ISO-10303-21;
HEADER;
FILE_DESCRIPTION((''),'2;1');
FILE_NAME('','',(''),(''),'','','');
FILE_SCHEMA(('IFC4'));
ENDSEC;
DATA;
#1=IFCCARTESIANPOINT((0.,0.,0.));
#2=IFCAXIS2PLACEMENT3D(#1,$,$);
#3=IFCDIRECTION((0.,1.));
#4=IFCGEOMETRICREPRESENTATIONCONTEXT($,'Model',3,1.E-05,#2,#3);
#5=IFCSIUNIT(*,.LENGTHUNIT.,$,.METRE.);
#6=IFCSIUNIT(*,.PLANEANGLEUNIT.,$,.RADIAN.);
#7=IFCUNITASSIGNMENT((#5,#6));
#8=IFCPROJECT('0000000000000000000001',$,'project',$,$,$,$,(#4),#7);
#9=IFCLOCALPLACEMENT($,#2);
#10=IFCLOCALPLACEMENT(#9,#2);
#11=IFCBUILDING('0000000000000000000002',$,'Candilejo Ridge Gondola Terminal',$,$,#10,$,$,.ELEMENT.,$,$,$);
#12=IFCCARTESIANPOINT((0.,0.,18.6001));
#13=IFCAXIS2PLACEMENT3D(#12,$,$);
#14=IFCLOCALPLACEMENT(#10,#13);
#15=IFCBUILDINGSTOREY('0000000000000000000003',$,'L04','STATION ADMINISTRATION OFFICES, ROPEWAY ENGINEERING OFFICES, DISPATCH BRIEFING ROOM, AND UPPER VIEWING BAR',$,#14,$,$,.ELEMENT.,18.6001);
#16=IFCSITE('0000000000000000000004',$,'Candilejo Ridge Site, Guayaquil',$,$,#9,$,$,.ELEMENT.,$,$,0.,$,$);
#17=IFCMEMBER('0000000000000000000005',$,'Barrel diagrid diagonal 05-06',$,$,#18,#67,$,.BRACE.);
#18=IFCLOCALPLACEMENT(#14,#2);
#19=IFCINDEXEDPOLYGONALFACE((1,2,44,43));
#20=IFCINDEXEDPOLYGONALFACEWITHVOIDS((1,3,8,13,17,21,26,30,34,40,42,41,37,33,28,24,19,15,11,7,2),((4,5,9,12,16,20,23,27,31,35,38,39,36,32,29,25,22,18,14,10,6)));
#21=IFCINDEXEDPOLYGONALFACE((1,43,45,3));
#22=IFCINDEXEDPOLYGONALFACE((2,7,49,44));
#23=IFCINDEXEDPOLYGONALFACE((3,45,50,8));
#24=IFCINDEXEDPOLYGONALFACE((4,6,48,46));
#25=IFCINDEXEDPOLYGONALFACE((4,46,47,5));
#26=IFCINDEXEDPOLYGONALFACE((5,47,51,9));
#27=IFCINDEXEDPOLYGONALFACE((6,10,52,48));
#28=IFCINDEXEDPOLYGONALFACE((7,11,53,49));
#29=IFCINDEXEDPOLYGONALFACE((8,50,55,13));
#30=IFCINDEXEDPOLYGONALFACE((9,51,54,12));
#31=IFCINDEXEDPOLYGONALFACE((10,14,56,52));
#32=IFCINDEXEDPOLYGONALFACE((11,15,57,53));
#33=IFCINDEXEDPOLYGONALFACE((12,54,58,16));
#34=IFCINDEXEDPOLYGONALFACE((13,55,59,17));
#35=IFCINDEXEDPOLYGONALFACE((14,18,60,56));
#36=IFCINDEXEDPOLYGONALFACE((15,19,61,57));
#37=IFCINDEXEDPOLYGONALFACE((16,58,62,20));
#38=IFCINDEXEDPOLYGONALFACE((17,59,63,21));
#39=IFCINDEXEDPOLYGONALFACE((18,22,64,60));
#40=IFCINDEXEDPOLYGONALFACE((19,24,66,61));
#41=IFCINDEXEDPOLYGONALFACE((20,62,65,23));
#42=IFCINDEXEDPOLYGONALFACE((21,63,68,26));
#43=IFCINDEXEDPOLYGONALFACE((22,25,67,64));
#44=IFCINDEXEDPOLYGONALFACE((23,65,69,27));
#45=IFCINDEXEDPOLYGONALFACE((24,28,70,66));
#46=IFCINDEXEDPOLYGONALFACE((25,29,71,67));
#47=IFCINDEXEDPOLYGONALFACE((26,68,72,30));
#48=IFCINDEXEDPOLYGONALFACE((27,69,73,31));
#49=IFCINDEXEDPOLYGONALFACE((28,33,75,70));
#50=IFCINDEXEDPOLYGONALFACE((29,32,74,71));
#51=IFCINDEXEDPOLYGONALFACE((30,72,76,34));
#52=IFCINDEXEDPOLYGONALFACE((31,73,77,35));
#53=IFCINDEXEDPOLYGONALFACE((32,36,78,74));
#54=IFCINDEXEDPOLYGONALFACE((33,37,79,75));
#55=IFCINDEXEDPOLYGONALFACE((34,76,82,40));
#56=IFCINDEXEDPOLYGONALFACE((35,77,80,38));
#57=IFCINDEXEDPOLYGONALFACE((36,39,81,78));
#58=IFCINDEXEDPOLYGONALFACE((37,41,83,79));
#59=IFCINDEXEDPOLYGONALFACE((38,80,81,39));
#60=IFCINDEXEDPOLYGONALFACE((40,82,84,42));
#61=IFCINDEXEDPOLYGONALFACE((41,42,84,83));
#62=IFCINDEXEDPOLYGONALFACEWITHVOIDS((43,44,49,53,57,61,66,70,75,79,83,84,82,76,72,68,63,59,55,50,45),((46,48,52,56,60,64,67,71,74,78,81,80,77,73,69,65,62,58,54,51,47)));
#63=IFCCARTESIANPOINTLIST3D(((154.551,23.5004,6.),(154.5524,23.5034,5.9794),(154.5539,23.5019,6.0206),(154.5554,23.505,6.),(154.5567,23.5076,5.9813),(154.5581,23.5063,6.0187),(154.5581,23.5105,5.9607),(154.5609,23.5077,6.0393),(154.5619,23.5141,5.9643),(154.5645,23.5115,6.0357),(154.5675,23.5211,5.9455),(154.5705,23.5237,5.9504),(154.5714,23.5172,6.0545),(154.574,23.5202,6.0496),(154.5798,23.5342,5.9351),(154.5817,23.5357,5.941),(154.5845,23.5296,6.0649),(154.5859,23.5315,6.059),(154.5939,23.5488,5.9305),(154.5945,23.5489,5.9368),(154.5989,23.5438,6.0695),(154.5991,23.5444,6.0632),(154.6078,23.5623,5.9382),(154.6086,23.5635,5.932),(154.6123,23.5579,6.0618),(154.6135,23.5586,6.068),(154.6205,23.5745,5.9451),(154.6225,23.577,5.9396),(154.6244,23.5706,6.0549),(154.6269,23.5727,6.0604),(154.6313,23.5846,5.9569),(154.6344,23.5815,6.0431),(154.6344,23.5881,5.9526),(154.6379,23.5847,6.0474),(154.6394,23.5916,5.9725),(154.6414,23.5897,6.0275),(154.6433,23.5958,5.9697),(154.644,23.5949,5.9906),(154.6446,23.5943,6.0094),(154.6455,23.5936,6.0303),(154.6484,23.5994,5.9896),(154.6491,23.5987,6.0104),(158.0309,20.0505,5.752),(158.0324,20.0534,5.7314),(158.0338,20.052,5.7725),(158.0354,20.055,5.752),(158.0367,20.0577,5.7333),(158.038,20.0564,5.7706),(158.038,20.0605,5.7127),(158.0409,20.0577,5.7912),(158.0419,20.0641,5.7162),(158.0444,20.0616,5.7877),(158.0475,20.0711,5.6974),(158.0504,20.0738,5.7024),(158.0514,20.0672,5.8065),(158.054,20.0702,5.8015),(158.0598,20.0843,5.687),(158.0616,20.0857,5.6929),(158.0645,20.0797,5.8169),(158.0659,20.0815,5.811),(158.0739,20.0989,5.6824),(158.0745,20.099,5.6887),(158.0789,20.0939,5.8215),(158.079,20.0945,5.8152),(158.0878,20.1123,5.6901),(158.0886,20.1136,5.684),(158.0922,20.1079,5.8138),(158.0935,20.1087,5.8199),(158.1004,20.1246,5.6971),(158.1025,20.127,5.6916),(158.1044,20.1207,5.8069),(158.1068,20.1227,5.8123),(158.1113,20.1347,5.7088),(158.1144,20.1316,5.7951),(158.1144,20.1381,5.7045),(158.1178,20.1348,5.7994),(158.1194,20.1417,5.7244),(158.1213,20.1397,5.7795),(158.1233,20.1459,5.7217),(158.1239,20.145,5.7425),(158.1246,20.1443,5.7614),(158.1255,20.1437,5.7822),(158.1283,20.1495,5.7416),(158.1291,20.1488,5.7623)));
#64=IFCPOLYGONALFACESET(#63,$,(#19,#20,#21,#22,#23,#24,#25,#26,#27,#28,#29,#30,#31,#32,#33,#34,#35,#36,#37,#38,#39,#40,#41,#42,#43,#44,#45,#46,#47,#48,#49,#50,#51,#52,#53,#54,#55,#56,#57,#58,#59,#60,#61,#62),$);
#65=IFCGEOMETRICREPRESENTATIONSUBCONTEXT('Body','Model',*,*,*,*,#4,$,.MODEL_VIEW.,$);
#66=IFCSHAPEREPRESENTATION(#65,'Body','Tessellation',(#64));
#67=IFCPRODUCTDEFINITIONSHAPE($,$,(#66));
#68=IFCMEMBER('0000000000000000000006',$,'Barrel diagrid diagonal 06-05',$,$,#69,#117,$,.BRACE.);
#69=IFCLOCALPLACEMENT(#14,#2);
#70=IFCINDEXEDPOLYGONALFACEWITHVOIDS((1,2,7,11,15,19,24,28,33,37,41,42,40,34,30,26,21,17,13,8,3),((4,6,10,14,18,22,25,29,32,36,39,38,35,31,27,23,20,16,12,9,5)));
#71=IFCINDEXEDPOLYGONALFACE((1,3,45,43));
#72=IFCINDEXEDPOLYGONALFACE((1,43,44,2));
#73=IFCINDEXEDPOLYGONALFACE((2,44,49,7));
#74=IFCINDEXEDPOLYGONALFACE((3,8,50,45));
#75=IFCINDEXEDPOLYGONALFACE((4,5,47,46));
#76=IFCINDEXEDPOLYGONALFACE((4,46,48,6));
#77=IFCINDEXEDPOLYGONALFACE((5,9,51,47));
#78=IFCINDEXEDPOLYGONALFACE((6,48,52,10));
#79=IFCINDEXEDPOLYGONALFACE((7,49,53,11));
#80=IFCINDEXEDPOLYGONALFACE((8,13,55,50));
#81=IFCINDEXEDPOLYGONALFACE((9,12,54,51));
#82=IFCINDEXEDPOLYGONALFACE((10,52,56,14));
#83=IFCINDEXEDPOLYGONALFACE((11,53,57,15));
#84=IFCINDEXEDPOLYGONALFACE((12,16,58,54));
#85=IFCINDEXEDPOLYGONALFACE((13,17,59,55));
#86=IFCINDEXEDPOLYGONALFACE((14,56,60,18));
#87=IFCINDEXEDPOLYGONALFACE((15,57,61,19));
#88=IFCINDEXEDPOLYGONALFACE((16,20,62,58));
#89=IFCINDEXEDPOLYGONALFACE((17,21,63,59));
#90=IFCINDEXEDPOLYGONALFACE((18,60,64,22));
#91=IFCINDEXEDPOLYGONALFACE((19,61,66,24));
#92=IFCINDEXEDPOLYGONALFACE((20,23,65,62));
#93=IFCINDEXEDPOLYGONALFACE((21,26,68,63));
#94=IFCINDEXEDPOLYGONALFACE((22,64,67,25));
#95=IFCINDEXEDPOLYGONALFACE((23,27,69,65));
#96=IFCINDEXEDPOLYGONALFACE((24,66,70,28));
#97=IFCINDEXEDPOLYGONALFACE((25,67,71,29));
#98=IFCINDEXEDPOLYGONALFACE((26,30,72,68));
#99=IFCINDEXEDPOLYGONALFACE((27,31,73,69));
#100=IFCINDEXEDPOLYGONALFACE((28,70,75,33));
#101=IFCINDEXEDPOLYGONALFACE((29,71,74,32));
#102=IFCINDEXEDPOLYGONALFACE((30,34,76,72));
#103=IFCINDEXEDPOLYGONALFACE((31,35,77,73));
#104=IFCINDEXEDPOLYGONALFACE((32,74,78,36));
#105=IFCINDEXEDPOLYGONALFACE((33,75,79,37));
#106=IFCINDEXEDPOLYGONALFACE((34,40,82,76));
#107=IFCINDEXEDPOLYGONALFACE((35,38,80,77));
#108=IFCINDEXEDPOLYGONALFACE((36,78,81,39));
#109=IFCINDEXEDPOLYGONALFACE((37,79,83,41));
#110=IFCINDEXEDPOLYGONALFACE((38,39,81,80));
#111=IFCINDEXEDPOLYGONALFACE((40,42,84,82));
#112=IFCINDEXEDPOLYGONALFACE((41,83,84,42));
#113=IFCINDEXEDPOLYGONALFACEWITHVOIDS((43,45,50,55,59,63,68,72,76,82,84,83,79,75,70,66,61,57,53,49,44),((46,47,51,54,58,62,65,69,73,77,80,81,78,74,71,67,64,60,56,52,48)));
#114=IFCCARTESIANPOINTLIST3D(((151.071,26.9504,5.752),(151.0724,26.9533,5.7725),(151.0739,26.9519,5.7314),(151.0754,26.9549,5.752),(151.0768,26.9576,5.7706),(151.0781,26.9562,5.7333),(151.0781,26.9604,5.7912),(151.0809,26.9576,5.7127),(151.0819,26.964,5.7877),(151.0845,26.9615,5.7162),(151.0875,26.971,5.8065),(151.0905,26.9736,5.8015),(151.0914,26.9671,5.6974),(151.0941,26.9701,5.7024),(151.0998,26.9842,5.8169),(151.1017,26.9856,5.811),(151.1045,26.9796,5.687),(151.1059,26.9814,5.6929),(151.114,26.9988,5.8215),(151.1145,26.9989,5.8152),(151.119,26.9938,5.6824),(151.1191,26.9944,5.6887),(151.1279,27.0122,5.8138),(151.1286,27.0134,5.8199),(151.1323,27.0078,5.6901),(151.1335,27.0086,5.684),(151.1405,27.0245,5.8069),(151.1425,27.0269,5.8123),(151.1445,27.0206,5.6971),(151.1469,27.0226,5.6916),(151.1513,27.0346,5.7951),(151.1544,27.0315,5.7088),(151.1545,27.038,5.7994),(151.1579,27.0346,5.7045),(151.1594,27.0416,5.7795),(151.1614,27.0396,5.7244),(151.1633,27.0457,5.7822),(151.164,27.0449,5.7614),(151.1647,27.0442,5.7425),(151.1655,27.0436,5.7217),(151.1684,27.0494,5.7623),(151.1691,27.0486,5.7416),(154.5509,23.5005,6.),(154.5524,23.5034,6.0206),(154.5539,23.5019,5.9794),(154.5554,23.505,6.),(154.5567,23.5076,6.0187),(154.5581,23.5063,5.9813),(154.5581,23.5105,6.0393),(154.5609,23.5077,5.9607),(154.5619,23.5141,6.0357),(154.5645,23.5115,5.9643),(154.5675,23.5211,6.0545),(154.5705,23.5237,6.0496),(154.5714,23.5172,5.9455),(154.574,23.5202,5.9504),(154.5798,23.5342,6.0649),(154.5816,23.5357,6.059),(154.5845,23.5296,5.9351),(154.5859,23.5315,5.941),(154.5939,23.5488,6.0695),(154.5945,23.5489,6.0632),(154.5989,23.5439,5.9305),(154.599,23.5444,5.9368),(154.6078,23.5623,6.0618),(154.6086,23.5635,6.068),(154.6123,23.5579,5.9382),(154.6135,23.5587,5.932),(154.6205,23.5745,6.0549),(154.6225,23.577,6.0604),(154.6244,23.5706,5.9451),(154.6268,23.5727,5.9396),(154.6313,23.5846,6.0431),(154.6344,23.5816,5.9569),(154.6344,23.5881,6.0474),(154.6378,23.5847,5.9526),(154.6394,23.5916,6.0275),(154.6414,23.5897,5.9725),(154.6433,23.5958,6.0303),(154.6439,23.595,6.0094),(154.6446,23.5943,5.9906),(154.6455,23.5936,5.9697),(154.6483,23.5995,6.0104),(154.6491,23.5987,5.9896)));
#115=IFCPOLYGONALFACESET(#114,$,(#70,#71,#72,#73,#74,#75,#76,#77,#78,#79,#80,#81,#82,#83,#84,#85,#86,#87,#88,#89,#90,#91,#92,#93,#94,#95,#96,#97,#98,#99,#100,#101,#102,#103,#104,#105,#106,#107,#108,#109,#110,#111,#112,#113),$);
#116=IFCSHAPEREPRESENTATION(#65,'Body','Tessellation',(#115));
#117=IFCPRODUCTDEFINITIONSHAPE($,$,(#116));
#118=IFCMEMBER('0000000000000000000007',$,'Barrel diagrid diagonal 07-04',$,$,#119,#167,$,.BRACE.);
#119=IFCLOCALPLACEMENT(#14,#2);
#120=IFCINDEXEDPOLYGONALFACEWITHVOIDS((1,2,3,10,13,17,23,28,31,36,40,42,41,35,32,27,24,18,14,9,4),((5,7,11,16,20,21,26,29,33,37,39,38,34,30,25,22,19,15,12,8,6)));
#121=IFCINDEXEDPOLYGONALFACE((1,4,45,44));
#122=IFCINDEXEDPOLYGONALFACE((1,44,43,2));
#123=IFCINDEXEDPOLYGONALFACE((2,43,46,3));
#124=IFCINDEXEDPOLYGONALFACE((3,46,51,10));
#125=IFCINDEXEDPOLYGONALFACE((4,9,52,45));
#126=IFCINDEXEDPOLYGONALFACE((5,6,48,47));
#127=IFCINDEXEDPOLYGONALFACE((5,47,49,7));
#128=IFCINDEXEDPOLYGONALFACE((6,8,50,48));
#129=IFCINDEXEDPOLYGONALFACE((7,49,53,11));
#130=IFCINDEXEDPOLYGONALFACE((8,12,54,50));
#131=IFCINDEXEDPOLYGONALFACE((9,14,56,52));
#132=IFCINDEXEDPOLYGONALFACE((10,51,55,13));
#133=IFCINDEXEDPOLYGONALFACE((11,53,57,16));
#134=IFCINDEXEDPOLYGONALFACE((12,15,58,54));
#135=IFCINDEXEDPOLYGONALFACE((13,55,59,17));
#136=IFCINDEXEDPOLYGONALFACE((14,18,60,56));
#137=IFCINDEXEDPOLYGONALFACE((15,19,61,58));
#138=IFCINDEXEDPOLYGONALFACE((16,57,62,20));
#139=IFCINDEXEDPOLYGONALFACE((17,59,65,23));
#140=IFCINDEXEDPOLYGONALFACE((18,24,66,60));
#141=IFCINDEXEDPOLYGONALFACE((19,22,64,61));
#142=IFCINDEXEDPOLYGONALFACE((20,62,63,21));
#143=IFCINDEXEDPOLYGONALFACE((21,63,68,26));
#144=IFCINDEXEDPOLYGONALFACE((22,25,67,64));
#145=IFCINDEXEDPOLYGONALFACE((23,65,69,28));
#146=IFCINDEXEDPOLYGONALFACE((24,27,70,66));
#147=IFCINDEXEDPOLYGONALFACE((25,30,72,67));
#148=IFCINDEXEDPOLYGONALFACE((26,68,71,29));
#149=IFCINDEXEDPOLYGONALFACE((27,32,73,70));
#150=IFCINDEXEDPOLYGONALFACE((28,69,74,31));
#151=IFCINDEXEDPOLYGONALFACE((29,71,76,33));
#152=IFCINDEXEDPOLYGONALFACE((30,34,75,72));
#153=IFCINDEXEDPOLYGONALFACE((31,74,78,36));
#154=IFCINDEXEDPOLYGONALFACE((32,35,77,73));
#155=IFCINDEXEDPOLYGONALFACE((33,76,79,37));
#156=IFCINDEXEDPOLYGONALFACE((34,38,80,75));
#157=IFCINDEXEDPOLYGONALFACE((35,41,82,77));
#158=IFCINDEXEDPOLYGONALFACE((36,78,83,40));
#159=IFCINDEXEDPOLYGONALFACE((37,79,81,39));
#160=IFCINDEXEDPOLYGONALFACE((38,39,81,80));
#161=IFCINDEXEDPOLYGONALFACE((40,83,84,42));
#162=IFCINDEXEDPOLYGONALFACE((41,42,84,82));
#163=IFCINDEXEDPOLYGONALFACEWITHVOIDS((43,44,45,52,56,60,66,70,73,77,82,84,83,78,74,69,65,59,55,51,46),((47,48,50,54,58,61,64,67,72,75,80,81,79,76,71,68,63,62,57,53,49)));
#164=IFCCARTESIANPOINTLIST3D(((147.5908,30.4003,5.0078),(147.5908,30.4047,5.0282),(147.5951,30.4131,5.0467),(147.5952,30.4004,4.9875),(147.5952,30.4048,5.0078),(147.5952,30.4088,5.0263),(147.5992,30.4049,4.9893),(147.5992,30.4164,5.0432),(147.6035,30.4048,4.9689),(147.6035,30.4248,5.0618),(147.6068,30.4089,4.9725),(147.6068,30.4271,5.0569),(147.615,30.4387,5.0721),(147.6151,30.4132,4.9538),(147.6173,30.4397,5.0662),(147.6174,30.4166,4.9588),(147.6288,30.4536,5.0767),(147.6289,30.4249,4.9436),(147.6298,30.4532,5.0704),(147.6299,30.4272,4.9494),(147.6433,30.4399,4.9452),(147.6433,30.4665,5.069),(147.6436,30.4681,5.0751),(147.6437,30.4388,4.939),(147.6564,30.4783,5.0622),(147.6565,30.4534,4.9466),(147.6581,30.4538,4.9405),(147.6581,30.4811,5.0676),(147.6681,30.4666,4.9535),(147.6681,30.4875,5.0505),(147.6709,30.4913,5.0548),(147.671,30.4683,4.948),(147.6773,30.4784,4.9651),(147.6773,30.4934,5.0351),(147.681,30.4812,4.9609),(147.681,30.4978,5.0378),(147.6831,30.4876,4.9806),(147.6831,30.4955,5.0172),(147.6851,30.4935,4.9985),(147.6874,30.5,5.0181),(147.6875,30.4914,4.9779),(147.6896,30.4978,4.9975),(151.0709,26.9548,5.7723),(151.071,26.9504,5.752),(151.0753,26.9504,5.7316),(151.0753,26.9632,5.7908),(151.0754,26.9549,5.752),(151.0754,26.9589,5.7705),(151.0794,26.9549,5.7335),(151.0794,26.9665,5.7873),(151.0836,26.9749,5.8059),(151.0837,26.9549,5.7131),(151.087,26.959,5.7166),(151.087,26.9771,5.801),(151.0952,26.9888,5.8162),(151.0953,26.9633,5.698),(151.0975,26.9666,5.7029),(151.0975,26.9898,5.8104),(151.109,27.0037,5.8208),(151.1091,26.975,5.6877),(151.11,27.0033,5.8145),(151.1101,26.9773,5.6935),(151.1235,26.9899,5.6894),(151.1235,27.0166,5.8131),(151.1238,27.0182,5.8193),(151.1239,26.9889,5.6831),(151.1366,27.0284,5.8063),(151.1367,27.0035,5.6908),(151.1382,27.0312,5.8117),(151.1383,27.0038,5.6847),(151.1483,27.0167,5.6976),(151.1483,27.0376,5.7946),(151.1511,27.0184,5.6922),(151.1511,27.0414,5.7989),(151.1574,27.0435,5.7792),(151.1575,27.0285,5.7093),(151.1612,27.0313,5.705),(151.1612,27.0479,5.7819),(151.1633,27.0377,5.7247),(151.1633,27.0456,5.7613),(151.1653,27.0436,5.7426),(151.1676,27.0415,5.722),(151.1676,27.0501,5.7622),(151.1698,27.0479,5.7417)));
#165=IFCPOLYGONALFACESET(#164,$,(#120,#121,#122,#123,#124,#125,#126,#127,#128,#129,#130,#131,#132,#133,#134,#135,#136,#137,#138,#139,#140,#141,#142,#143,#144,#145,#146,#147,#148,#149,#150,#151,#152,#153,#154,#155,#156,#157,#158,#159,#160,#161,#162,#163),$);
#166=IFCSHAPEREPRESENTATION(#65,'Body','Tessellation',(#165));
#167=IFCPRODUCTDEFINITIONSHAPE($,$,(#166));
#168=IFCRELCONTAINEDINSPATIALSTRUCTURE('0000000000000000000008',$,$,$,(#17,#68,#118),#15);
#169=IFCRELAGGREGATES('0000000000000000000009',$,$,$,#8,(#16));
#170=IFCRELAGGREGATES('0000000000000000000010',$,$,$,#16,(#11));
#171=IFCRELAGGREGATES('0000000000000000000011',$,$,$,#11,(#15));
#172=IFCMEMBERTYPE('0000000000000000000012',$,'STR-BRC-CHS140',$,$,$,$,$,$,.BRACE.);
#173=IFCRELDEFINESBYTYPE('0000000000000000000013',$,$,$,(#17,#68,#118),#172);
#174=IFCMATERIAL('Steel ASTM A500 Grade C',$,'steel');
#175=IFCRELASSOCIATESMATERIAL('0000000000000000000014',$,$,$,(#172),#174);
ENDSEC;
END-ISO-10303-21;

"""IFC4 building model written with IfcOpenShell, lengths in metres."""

from ifc_helpers import new_model, si_unit, direction, frame, origin, origin_2d, place, context, subcontext, project, spatial, hollow_circle, extrude, material, material_profile, profile_set, type_object, element, save


model = new_model("IFC4")

# Units and contexts
model_context = context("Model", 3, precision=1e-05, world=origin(), true_north=direction((0.0, 1.0)))
body_context = subcontext(model_context, "Body", "Model", "MODEL_VIEW")
ifc_project = project(units=[si_unit("LENGTHUNIT", "METRE"), si_unit("PLANEANGLEUNIT", "RADIAN")], contexts=[model_context])

# Site, building, storey
site_placement = place(None, origin())
site = spatial("IfcSite", under=ifc_project, at=site_placement, Name="Candilejo Ridge Site, Guayaquil", CompositionType="ELEMENT", RefElevation=0.0)
building_placement = place(site_placement, origin())
building = spatial("IfcBuilding", under=site, at=building_placement, Name="Candilejo Ridge Gondola Terminal", CompositionType="ELEMENT")
storey_placement = place(building_placement, frame((0.0, 0.0, 18.6001)))
storey = spatial("IfcBuildingStorey", under=building, at=storey_placement, Name="L04", Description="STATION ADMINISTRATION OFFICES, ROPEWAY ENGINEERING OFFICES, DISPATCH BRIEFING ROOM, AND UPPER VIEWING BAR", CompositionType="ELEMENT", Elevation=18.6001)

# Members
ifc_material_1 = material(Name="Steel ASTM A500 Grade C", Category="steel")
ifc_material_profile_1 = material_profile(ifc_material_1, hollow_circle(Radius=0.0698, WallThickness=0.0063, at=origin_2d()))
ifc_profile_set_1 = profile_set([ifc_material_profile_1], Name="Steel ASTM A500 Grade C")
member_type_1 = type_object("IfcMemberType", Name="STR-BRC-CHS140", PredefinedType="BRACE", material=ifc_profile_set_1)
for number, where, z_axis, x_axis, name in (
    (1, (158.0801, 20.1001, 5.752), (-0.709256, 0.703136, 0.050555), (-0.704036, -0.710164, 0.0), "Barrel diagrid diagonal 05-06"),
    (2, (154.6001, 23.55, 6.0), (-0.709256, 0.703136, -0.050555), (-0.704036, -0.710164, 0.0), "Barrel diagrid diagonal 06-05"),
):
    element("IfcMember", number, at=place(storey_placement, frame(where, z_axis=z_axis, x_axis=x_axis)), inside=storey, type_object=member_type_1, Name=name, PredefinedType="BRACE", context=body_context, shape_type="SweptSolid", body=[
        extrude(hollow_circle(Radius=0.0698, WallThickness=0.0063, at=origin_2d()), origin(), (0.0, 0.0, 1.0), 4.9065),
    ])
member_1_placement = place(storey_placement, frame((151.1201, 27.0, 5.752), z_axis=(-0.70214, 0.696032, -0.150131), x_axis=(-0.704011, -0.710189, 0.0)))
element("IfcMember", 3, at=member_1_placement, inside=storey, type_object=member_type_1, Name="Barrel diagrid diagonal 07-04", PredefinedType="BRACE", context=body_context, shape_type="SweptSolid", body=[
    extrude(hollow_circle(Radius=0.0698, WallThickness=0.0063, at=origin_2d()), origin(), (0.0, 0.0, 1.0), 4.9565),
])

save(model, "model.ifc")
